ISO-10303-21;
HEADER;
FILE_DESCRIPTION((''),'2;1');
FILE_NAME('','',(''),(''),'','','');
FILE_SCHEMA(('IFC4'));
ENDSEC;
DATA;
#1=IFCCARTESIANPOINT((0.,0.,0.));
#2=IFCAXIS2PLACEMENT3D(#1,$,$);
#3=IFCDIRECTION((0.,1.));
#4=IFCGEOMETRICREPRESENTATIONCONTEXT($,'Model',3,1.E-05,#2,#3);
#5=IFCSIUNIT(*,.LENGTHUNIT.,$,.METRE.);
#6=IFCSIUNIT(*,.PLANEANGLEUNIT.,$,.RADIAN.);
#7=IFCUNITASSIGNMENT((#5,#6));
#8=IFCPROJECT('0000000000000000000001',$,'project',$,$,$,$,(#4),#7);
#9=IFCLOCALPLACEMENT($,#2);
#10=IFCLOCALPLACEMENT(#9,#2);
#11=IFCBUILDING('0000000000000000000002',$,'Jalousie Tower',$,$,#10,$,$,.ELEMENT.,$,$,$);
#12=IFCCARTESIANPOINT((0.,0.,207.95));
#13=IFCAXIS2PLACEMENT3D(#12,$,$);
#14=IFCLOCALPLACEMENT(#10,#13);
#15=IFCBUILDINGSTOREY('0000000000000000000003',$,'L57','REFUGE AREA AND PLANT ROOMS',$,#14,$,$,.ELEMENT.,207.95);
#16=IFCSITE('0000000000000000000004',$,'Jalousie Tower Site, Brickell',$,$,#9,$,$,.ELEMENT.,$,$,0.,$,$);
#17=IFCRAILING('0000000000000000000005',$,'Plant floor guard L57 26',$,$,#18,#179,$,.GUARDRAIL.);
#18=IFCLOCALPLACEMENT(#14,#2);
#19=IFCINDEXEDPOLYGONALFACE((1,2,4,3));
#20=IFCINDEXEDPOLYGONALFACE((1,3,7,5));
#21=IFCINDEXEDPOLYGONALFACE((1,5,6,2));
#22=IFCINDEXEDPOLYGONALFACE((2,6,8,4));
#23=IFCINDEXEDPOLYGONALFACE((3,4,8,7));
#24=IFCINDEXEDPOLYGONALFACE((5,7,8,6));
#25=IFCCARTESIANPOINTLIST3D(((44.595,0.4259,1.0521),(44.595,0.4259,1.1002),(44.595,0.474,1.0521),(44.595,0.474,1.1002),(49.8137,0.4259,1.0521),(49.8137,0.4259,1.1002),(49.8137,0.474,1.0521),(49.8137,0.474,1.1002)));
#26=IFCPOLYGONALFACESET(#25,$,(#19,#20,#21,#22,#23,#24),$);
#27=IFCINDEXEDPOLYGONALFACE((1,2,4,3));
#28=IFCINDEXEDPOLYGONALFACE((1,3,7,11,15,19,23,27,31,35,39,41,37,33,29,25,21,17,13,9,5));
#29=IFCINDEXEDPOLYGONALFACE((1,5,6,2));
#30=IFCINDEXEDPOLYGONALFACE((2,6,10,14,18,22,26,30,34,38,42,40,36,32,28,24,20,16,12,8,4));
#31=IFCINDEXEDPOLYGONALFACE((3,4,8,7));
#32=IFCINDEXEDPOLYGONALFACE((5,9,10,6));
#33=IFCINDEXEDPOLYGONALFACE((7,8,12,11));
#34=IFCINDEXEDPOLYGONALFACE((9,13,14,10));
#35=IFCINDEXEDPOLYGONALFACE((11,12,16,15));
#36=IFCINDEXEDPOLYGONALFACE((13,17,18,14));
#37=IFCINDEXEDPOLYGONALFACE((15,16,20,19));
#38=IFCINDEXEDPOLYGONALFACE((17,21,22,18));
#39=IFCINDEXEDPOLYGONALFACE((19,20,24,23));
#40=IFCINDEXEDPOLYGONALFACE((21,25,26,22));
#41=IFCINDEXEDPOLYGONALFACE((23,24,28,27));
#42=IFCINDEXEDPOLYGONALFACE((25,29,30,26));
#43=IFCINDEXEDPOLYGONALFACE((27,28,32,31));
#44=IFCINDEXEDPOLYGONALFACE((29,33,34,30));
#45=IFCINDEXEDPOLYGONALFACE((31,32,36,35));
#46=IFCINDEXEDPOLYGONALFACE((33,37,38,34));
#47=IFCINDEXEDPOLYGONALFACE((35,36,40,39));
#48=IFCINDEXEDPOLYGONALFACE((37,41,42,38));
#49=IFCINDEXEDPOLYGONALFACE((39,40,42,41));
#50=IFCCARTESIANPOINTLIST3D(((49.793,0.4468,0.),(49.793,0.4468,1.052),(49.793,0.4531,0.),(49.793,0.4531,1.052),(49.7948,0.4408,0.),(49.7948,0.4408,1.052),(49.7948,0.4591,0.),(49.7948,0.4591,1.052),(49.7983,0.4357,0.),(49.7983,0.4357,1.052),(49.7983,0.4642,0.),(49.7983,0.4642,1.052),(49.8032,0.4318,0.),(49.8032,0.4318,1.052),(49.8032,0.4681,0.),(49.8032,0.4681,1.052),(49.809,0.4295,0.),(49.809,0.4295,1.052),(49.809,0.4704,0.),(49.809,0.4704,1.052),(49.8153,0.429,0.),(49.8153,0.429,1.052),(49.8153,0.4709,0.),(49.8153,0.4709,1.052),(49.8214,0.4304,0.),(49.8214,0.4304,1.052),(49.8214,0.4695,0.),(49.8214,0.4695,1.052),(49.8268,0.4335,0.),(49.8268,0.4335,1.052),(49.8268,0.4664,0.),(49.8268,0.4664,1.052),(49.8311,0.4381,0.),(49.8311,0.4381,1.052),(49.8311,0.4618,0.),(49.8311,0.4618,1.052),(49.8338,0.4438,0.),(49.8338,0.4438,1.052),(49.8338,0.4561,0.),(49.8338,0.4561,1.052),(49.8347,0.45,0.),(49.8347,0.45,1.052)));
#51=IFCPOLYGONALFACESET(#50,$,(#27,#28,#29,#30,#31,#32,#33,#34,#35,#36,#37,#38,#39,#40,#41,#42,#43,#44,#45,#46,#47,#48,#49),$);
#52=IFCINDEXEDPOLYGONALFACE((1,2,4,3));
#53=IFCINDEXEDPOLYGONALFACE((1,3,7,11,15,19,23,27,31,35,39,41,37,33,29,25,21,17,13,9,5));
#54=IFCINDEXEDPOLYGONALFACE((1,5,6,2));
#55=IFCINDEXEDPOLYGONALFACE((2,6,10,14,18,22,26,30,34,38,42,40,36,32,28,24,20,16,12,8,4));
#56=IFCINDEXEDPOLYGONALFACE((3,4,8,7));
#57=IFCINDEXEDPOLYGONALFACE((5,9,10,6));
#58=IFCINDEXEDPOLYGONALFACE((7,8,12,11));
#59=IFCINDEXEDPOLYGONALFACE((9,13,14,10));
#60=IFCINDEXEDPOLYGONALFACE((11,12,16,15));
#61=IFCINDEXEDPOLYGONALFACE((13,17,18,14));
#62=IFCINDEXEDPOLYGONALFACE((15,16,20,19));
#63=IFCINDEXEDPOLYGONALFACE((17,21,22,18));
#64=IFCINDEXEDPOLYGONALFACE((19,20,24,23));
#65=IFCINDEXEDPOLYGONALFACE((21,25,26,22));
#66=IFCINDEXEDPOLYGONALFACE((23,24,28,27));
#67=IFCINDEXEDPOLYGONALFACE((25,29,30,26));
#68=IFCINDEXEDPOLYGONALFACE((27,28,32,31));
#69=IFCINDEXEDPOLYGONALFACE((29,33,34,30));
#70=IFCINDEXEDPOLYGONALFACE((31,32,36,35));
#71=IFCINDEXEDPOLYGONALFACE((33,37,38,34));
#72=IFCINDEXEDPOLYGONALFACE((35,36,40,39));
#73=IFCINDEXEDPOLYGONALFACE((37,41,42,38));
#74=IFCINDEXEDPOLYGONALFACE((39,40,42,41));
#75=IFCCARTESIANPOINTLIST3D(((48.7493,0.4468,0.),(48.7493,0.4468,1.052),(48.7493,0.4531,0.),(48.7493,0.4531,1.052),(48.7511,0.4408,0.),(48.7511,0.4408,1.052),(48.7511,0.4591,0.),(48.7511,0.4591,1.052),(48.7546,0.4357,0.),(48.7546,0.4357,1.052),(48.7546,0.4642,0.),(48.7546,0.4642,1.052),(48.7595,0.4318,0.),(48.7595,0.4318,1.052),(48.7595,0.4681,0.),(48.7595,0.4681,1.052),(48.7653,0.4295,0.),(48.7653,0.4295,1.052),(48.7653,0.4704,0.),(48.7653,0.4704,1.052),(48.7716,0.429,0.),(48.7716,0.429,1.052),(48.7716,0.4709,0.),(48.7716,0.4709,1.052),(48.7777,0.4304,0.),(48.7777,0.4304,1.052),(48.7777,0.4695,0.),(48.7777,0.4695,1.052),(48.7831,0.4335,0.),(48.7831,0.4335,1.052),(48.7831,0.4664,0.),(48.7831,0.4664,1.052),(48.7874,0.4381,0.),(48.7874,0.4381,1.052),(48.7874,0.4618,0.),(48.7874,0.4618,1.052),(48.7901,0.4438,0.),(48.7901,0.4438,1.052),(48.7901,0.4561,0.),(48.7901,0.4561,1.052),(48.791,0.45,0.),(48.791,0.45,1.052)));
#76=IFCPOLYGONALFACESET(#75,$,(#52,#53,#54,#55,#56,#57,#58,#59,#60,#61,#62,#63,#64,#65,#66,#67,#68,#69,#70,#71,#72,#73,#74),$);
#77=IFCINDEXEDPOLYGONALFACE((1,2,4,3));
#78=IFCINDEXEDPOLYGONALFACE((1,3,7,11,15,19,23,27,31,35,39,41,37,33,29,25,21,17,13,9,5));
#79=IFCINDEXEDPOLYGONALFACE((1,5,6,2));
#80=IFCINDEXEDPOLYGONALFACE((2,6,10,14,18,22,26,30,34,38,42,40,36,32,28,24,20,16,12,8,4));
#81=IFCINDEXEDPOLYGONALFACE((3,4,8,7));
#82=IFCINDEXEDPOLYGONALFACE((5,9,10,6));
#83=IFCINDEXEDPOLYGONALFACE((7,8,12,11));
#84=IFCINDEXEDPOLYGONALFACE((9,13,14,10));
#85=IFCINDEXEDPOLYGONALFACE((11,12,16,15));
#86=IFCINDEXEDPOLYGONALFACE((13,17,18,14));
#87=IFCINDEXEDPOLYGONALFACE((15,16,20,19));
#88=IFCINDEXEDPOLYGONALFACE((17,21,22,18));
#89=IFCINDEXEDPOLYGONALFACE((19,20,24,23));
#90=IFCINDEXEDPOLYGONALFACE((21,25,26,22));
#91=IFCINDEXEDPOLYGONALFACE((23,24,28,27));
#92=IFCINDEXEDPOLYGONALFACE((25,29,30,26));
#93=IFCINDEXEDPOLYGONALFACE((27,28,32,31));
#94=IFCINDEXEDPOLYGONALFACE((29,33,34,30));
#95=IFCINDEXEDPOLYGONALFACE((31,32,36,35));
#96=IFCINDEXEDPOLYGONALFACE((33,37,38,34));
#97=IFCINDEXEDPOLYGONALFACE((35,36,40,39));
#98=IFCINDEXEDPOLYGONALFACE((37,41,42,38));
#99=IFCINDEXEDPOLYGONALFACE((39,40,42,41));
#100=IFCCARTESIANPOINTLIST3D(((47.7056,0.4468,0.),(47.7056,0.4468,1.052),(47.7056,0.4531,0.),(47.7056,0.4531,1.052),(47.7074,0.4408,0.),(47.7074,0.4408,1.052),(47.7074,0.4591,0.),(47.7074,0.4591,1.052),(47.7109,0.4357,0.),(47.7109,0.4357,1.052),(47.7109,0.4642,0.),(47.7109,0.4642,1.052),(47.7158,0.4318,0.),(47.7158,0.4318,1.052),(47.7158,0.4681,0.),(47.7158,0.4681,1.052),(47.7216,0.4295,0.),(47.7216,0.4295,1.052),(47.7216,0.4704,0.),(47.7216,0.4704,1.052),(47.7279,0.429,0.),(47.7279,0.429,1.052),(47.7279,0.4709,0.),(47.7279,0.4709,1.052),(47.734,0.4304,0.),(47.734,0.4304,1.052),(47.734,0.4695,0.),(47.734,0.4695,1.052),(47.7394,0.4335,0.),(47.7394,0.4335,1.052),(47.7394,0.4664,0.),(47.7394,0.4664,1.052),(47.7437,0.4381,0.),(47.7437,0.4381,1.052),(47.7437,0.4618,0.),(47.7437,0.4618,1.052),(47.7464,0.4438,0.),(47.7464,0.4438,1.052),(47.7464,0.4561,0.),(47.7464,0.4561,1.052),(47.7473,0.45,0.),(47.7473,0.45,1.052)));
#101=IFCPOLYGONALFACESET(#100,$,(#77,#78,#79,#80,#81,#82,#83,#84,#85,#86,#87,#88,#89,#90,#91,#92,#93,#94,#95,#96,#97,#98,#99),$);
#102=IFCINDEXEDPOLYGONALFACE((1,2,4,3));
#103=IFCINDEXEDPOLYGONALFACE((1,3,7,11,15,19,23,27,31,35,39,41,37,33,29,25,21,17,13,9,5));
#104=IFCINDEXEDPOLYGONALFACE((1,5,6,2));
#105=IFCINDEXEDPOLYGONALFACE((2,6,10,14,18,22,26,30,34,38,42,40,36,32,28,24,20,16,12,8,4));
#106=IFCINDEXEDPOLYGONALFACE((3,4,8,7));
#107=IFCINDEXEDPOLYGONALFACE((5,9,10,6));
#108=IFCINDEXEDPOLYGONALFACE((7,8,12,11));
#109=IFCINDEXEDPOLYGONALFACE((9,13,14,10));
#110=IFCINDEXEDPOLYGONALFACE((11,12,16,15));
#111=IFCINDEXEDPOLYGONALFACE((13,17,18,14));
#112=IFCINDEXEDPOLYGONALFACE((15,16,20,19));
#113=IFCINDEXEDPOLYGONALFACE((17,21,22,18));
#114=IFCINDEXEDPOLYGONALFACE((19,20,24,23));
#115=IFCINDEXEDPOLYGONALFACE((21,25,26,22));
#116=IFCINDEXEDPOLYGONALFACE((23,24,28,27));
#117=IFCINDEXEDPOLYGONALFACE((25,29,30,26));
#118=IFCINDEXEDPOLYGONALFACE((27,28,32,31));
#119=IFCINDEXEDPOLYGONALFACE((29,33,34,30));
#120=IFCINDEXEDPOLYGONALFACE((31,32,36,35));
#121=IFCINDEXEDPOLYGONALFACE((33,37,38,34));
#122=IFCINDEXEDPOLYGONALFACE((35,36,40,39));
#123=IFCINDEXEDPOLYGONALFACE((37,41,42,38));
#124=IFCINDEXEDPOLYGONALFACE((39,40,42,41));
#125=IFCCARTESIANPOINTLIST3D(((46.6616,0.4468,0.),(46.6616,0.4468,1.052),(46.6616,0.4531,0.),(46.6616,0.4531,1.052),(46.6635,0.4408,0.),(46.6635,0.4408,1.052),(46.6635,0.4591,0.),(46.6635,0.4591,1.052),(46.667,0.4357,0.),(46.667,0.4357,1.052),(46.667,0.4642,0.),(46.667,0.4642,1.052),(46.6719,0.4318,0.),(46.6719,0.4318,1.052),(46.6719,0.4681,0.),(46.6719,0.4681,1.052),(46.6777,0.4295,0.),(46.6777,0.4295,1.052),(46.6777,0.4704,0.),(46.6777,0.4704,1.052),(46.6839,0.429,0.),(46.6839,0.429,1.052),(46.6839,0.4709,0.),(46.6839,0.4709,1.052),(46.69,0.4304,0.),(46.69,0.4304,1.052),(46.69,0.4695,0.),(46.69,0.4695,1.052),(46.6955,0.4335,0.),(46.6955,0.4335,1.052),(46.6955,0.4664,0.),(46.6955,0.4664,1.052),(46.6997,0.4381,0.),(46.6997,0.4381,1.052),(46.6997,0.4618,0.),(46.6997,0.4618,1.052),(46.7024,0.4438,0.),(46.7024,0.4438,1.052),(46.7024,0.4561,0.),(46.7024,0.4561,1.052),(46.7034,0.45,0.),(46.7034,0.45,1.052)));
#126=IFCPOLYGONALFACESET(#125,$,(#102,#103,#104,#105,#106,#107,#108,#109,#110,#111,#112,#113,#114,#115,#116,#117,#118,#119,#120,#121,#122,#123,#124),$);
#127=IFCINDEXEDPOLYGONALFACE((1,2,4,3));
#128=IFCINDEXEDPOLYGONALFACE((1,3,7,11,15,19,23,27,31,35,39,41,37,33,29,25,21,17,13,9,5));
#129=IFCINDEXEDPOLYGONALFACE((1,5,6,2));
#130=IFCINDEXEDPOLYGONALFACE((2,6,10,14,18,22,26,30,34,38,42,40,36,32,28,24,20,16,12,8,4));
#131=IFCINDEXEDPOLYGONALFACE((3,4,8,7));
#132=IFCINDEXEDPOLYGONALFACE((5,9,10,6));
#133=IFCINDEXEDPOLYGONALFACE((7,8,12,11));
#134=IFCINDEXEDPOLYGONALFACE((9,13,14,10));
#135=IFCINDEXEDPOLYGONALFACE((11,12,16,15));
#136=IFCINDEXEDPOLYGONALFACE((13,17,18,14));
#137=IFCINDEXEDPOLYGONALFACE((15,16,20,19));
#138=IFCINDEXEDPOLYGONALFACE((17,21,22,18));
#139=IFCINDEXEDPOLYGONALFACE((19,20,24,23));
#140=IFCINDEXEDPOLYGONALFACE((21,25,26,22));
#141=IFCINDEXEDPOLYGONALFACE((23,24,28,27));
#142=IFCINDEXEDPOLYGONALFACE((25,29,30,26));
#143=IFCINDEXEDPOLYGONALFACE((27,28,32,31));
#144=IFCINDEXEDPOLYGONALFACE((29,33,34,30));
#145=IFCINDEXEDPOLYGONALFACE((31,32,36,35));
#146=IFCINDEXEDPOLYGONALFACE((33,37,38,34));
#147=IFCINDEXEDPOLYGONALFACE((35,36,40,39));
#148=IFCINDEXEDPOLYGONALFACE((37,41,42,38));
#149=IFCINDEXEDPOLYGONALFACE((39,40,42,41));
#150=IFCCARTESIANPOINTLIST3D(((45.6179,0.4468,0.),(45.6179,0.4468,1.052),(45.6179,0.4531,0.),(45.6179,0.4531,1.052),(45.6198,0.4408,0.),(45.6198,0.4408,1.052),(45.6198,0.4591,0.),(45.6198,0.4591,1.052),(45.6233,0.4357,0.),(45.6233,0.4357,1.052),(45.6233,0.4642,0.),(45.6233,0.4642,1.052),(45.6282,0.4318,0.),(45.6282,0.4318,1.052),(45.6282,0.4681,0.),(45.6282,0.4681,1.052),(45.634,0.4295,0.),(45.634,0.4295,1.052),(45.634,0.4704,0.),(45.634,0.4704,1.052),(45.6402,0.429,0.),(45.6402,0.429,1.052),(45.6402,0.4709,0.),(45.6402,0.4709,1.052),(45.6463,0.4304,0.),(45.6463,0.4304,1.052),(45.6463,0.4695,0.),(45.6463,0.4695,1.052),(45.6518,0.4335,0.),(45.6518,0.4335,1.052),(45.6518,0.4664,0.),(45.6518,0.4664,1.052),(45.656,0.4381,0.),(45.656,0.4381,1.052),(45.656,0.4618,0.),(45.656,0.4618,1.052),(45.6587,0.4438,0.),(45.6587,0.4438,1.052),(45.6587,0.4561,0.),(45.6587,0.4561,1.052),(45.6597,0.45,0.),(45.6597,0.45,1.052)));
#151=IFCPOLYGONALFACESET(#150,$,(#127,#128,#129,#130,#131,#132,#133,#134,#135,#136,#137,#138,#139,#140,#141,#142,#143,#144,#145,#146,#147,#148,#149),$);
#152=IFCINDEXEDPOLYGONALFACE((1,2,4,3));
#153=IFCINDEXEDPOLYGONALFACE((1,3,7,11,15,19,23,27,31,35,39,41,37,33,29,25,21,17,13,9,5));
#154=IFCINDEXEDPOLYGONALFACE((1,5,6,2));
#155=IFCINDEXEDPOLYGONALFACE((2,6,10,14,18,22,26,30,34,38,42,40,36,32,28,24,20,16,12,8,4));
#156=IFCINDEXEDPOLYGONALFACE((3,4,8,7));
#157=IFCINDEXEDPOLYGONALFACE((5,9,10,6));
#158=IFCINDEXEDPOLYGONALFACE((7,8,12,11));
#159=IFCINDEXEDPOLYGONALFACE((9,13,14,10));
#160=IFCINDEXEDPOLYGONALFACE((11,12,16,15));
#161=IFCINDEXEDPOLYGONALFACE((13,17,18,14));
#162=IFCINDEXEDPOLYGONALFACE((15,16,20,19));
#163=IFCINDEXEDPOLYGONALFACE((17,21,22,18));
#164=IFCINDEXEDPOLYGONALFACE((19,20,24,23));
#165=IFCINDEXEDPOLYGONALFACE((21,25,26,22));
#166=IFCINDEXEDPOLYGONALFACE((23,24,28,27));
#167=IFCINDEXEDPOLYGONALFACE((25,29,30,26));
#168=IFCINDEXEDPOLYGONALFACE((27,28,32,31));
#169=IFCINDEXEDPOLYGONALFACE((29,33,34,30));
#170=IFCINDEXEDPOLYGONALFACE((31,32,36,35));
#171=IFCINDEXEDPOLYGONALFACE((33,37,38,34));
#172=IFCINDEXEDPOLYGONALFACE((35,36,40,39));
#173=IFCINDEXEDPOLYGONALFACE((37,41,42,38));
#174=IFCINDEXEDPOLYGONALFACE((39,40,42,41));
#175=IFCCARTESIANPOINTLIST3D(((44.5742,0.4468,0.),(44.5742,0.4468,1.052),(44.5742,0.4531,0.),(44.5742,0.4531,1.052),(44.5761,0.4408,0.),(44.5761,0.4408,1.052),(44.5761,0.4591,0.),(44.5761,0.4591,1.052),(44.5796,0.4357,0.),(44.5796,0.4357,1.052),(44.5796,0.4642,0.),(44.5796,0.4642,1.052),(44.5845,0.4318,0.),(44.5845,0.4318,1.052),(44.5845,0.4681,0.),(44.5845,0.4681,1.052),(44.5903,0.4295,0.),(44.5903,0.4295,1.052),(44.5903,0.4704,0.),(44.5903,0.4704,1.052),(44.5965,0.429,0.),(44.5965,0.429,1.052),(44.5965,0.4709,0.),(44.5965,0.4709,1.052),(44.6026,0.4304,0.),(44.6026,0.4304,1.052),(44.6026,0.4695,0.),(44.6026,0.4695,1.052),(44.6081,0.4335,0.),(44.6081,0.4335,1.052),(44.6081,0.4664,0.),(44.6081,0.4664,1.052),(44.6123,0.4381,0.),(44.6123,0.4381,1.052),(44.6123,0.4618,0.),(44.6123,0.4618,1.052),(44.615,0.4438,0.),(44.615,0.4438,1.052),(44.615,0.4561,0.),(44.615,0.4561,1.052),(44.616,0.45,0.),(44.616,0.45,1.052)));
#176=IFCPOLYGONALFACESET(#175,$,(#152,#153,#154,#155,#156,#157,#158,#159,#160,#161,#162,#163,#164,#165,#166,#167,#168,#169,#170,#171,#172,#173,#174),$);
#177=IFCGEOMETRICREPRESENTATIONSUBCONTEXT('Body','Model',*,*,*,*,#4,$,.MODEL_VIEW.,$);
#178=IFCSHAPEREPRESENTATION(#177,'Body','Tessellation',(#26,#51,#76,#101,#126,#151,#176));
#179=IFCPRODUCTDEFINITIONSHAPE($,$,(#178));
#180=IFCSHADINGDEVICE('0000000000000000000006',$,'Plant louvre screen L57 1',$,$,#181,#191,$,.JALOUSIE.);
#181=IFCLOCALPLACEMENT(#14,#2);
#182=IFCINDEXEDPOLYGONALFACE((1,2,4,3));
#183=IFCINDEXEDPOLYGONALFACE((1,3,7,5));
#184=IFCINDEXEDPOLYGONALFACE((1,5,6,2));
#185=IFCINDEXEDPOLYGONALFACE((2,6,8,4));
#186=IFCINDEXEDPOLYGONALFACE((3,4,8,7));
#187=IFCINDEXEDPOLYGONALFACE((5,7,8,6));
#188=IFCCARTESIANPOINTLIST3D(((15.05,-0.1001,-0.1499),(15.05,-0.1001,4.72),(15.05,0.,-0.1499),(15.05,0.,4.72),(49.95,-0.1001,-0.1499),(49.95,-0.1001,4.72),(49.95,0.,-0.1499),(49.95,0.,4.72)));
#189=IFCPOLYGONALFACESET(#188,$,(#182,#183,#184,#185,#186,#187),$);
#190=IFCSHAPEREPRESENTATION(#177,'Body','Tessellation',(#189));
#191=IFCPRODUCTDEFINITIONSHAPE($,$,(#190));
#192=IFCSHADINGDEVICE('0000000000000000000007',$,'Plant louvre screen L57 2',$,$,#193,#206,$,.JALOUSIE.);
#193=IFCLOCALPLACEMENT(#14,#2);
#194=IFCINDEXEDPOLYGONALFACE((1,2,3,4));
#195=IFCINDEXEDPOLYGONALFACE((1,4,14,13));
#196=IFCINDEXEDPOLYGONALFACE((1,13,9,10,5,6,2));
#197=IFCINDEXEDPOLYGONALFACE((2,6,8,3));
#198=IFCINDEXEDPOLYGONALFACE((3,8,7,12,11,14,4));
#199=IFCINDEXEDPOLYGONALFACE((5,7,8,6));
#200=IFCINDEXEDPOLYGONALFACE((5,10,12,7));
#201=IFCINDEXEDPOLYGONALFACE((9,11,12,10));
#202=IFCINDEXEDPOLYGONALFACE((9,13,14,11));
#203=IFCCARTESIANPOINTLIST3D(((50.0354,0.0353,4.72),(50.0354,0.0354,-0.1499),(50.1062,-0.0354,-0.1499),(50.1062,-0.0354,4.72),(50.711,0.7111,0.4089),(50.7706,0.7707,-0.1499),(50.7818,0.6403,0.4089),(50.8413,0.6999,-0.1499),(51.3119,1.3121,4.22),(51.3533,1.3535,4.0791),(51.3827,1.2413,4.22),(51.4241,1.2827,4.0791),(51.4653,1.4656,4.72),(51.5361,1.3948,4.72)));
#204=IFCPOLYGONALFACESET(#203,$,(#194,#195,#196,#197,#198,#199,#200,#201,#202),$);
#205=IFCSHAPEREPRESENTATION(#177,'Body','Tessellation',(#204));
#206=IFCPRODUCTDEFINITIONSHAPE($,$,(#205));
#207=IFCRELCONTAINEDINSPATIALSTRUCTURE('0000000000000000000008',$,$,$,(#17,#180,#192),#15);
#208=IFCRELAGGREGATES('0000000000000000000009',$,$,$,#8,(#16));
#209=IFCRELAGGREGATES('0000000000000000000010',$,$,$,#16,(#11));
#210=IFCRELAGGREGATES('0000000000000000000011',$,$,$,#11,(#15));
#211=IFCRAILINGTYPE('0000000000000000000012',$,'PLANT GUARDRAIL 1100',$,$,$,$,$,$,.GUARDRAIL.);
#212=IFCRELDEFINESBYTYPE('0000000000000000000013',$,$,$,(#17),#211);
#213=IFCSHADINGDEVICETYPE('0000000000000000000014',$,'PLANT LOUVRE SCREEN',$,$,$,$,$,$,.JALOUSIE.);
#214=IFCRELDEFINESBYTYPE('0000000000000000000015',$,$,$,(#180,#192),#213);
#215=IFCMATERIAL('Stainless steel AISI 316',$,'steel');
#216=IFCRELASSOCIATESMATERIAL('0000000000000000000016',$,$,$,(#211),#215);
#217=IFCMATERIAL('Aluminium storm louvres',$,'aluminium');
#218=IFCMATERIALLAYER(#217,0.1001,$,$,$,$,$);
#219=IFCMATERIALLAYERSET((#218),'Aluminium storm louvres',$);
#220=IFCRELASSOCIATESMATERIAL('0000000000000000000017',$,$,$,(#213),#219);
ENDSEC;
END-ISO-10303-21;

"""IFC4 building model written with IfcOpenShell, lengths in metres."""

from ifc_helpers import new_model, si_unit, direction, frame, origin, origin_2d, place, context, subcontext, project, spatial, polyline, rectangle, circle, outline, extrude, material, layer, layer_set, type_object, element, save


model = new_model("IFC4")

# Units and contexts
model_context = context("Model", 3, precision=1e-05, world=origin(), true_north=direction((0.0, 1.0)))
body_context = subcontext(model_context, "Body", "Model", "MODEL_VIEW")
ifc_project = project(units=[si_unit("LENGTHUNIT", "METRE"), si_unit("PLANEANGLEUNIT", "RADIAN")], contexts=[model_context])

# Site, building, storey
site_placement = place(None, origin())
site = spatial("IfcSite", under=ifc_project, at=site_placement, Name="Jalousie Tower Site, Brickell", CompositionType="ELEMENT", RefElevation=0.0)
building_placement = place(site_placement, origin())
building = spatial("IfcBuilding", under=site, at=building_placement, Name="Jalousie Tower", CompositionType="ELEMENT")
storey_placement = place(building_placement, frame((0.0, 0.0, 207.95)))
storey = spatial("IfcBuildingStorey", under=building, at=storey_placement, Name="L57", Description="REFUGE AREA AND PLANT ROOMS", CompositionType="ELEMENT", Elevation=207.95)

# Railing
ifc_material_1 = material(Name="Stainless steel AISI 316", Category="steel")
railing_type = type_object("IfcRailingType", Name="PLANT GUARDRAIL 1100", PredefinedType="GUARDRAIL", material=ifc_material_1)
railing_1_placement = place(storey_placement, frame((49.8137, 0.45, 0.0)))
element("IfcRailing", 1, at=railing_1_placement, inside=storey, type_object=railing_type, Name="Plant floor guard L57 26", PredefinedType="GUARDRAIL", context=body_context, shape_type="SweptSolid", body=[
    extrude(rectangle(XDim=0.0481, YDim=0.0481, at=origin_2d()), frame((0.0, 0.0, 1.0762), z_axis=(-1.0, 0.0, 0.0), x_axis=(0.0, -1.0, 0.0)), (0.0, 0.0, 1.0), 5.2188),
    extrude(circle(Radius=0.021, at=origin_2d()), origin(), (0.0, 0.0, 1.0), 1.052),
    extrude(circle(Radius=0.021, at=origin_2d()), frame((-1.0437, 0.0, 0.0)), (0.0, 0.0, 1.0), 1.052),
    extrude(circle(Radius=0.021, at=origin_2d()), frame((-2.0874, 0.0, 0.0)), (0.0, 0.0, 1.0), 1.052),
    extrude(circle(Radius=0.021, at=origin_2d()), frame((-3.1313, 0.0, 0.0)), (0.0, 0.0, 1.0), 1.052),
    extrude(circle(Radius=0.021, at=origin_2d()), frame((-4.175, 0.0, 0.0)), (0.0, 0.0, 1.0), 1.052),
    extrude(circle(Radius=0.021, at=origin_2d()), frame((-5.2188, 0.0, 0.0)), (0.0, 0.0, 1.0), 1.052),
])

# Shading devices
ifc_material_2 = material(Name="Aluminium storm louvres", Category="aluminium")
ifc_layer_1 = layer(ifc_material_2, 0.1001)
ifc_layer_set_1 = layer_set([ifc_layer_1], Name="Aluminium storm louvres")
shading_device_type = type_object("IfcShadingDeviceType", Name="PLANT LOUVRE SCREEN", PredefinedType="JALOUSIE", material=ifc_layer_set_1)
shading_device_1_placement = place(storey_placement, frame((49.95, -0.1001, -0.1499), z_axis=(0.0, -1.0, 0.0), x_axis=(0.0, 0.0, 1.0)))
element("IfcShadingDevice", 2, at=shading_device_1_placement, inside=storey, type_object=shading_device_type, Name="Plant louvre screen L57 1", PredefinedType="JALOUSIE", context=body_context, shape_type="SweptSolid", body=[
    extrude(outline(polyline([(0.0, 0.0), (4.8699, 0.0), (4.8699, 34.8999), (0.0, 34.8999), (0.0, 0.0)])), origin(), (0.0, 0.0, -1.0), 0.1001),
])
shading_device_2_placement = place(storey_placement, frame((50.1062, -0.0354, -0.1499), z_axis=(0.707187, -0.707027, -0.00001), x_axis=(0.707027, 0.707187, 0.0)))
element("IfcShadingDevice", 3, at=shading_device_2_placement, inside=storey, type_object=shading_device_type, Name="Plant louvre screen L57 2", PredefinedType="JALOUSIE", context=body_context, shape_type="SweptSolid", body=[
    extrude(outline(polyline([(0.0, 0.0), (1.0398, 0.0), (0.9555, 0.5588), (1.8639, 4.229), (1.8054, 4.3699), (2.0224, 4.8699), (0.0, 4.8699), (0.0, 0.0)])), origin(), (0.0, 0.0, -1.0), 0.1001),
])

save(model, "model.ifc")
